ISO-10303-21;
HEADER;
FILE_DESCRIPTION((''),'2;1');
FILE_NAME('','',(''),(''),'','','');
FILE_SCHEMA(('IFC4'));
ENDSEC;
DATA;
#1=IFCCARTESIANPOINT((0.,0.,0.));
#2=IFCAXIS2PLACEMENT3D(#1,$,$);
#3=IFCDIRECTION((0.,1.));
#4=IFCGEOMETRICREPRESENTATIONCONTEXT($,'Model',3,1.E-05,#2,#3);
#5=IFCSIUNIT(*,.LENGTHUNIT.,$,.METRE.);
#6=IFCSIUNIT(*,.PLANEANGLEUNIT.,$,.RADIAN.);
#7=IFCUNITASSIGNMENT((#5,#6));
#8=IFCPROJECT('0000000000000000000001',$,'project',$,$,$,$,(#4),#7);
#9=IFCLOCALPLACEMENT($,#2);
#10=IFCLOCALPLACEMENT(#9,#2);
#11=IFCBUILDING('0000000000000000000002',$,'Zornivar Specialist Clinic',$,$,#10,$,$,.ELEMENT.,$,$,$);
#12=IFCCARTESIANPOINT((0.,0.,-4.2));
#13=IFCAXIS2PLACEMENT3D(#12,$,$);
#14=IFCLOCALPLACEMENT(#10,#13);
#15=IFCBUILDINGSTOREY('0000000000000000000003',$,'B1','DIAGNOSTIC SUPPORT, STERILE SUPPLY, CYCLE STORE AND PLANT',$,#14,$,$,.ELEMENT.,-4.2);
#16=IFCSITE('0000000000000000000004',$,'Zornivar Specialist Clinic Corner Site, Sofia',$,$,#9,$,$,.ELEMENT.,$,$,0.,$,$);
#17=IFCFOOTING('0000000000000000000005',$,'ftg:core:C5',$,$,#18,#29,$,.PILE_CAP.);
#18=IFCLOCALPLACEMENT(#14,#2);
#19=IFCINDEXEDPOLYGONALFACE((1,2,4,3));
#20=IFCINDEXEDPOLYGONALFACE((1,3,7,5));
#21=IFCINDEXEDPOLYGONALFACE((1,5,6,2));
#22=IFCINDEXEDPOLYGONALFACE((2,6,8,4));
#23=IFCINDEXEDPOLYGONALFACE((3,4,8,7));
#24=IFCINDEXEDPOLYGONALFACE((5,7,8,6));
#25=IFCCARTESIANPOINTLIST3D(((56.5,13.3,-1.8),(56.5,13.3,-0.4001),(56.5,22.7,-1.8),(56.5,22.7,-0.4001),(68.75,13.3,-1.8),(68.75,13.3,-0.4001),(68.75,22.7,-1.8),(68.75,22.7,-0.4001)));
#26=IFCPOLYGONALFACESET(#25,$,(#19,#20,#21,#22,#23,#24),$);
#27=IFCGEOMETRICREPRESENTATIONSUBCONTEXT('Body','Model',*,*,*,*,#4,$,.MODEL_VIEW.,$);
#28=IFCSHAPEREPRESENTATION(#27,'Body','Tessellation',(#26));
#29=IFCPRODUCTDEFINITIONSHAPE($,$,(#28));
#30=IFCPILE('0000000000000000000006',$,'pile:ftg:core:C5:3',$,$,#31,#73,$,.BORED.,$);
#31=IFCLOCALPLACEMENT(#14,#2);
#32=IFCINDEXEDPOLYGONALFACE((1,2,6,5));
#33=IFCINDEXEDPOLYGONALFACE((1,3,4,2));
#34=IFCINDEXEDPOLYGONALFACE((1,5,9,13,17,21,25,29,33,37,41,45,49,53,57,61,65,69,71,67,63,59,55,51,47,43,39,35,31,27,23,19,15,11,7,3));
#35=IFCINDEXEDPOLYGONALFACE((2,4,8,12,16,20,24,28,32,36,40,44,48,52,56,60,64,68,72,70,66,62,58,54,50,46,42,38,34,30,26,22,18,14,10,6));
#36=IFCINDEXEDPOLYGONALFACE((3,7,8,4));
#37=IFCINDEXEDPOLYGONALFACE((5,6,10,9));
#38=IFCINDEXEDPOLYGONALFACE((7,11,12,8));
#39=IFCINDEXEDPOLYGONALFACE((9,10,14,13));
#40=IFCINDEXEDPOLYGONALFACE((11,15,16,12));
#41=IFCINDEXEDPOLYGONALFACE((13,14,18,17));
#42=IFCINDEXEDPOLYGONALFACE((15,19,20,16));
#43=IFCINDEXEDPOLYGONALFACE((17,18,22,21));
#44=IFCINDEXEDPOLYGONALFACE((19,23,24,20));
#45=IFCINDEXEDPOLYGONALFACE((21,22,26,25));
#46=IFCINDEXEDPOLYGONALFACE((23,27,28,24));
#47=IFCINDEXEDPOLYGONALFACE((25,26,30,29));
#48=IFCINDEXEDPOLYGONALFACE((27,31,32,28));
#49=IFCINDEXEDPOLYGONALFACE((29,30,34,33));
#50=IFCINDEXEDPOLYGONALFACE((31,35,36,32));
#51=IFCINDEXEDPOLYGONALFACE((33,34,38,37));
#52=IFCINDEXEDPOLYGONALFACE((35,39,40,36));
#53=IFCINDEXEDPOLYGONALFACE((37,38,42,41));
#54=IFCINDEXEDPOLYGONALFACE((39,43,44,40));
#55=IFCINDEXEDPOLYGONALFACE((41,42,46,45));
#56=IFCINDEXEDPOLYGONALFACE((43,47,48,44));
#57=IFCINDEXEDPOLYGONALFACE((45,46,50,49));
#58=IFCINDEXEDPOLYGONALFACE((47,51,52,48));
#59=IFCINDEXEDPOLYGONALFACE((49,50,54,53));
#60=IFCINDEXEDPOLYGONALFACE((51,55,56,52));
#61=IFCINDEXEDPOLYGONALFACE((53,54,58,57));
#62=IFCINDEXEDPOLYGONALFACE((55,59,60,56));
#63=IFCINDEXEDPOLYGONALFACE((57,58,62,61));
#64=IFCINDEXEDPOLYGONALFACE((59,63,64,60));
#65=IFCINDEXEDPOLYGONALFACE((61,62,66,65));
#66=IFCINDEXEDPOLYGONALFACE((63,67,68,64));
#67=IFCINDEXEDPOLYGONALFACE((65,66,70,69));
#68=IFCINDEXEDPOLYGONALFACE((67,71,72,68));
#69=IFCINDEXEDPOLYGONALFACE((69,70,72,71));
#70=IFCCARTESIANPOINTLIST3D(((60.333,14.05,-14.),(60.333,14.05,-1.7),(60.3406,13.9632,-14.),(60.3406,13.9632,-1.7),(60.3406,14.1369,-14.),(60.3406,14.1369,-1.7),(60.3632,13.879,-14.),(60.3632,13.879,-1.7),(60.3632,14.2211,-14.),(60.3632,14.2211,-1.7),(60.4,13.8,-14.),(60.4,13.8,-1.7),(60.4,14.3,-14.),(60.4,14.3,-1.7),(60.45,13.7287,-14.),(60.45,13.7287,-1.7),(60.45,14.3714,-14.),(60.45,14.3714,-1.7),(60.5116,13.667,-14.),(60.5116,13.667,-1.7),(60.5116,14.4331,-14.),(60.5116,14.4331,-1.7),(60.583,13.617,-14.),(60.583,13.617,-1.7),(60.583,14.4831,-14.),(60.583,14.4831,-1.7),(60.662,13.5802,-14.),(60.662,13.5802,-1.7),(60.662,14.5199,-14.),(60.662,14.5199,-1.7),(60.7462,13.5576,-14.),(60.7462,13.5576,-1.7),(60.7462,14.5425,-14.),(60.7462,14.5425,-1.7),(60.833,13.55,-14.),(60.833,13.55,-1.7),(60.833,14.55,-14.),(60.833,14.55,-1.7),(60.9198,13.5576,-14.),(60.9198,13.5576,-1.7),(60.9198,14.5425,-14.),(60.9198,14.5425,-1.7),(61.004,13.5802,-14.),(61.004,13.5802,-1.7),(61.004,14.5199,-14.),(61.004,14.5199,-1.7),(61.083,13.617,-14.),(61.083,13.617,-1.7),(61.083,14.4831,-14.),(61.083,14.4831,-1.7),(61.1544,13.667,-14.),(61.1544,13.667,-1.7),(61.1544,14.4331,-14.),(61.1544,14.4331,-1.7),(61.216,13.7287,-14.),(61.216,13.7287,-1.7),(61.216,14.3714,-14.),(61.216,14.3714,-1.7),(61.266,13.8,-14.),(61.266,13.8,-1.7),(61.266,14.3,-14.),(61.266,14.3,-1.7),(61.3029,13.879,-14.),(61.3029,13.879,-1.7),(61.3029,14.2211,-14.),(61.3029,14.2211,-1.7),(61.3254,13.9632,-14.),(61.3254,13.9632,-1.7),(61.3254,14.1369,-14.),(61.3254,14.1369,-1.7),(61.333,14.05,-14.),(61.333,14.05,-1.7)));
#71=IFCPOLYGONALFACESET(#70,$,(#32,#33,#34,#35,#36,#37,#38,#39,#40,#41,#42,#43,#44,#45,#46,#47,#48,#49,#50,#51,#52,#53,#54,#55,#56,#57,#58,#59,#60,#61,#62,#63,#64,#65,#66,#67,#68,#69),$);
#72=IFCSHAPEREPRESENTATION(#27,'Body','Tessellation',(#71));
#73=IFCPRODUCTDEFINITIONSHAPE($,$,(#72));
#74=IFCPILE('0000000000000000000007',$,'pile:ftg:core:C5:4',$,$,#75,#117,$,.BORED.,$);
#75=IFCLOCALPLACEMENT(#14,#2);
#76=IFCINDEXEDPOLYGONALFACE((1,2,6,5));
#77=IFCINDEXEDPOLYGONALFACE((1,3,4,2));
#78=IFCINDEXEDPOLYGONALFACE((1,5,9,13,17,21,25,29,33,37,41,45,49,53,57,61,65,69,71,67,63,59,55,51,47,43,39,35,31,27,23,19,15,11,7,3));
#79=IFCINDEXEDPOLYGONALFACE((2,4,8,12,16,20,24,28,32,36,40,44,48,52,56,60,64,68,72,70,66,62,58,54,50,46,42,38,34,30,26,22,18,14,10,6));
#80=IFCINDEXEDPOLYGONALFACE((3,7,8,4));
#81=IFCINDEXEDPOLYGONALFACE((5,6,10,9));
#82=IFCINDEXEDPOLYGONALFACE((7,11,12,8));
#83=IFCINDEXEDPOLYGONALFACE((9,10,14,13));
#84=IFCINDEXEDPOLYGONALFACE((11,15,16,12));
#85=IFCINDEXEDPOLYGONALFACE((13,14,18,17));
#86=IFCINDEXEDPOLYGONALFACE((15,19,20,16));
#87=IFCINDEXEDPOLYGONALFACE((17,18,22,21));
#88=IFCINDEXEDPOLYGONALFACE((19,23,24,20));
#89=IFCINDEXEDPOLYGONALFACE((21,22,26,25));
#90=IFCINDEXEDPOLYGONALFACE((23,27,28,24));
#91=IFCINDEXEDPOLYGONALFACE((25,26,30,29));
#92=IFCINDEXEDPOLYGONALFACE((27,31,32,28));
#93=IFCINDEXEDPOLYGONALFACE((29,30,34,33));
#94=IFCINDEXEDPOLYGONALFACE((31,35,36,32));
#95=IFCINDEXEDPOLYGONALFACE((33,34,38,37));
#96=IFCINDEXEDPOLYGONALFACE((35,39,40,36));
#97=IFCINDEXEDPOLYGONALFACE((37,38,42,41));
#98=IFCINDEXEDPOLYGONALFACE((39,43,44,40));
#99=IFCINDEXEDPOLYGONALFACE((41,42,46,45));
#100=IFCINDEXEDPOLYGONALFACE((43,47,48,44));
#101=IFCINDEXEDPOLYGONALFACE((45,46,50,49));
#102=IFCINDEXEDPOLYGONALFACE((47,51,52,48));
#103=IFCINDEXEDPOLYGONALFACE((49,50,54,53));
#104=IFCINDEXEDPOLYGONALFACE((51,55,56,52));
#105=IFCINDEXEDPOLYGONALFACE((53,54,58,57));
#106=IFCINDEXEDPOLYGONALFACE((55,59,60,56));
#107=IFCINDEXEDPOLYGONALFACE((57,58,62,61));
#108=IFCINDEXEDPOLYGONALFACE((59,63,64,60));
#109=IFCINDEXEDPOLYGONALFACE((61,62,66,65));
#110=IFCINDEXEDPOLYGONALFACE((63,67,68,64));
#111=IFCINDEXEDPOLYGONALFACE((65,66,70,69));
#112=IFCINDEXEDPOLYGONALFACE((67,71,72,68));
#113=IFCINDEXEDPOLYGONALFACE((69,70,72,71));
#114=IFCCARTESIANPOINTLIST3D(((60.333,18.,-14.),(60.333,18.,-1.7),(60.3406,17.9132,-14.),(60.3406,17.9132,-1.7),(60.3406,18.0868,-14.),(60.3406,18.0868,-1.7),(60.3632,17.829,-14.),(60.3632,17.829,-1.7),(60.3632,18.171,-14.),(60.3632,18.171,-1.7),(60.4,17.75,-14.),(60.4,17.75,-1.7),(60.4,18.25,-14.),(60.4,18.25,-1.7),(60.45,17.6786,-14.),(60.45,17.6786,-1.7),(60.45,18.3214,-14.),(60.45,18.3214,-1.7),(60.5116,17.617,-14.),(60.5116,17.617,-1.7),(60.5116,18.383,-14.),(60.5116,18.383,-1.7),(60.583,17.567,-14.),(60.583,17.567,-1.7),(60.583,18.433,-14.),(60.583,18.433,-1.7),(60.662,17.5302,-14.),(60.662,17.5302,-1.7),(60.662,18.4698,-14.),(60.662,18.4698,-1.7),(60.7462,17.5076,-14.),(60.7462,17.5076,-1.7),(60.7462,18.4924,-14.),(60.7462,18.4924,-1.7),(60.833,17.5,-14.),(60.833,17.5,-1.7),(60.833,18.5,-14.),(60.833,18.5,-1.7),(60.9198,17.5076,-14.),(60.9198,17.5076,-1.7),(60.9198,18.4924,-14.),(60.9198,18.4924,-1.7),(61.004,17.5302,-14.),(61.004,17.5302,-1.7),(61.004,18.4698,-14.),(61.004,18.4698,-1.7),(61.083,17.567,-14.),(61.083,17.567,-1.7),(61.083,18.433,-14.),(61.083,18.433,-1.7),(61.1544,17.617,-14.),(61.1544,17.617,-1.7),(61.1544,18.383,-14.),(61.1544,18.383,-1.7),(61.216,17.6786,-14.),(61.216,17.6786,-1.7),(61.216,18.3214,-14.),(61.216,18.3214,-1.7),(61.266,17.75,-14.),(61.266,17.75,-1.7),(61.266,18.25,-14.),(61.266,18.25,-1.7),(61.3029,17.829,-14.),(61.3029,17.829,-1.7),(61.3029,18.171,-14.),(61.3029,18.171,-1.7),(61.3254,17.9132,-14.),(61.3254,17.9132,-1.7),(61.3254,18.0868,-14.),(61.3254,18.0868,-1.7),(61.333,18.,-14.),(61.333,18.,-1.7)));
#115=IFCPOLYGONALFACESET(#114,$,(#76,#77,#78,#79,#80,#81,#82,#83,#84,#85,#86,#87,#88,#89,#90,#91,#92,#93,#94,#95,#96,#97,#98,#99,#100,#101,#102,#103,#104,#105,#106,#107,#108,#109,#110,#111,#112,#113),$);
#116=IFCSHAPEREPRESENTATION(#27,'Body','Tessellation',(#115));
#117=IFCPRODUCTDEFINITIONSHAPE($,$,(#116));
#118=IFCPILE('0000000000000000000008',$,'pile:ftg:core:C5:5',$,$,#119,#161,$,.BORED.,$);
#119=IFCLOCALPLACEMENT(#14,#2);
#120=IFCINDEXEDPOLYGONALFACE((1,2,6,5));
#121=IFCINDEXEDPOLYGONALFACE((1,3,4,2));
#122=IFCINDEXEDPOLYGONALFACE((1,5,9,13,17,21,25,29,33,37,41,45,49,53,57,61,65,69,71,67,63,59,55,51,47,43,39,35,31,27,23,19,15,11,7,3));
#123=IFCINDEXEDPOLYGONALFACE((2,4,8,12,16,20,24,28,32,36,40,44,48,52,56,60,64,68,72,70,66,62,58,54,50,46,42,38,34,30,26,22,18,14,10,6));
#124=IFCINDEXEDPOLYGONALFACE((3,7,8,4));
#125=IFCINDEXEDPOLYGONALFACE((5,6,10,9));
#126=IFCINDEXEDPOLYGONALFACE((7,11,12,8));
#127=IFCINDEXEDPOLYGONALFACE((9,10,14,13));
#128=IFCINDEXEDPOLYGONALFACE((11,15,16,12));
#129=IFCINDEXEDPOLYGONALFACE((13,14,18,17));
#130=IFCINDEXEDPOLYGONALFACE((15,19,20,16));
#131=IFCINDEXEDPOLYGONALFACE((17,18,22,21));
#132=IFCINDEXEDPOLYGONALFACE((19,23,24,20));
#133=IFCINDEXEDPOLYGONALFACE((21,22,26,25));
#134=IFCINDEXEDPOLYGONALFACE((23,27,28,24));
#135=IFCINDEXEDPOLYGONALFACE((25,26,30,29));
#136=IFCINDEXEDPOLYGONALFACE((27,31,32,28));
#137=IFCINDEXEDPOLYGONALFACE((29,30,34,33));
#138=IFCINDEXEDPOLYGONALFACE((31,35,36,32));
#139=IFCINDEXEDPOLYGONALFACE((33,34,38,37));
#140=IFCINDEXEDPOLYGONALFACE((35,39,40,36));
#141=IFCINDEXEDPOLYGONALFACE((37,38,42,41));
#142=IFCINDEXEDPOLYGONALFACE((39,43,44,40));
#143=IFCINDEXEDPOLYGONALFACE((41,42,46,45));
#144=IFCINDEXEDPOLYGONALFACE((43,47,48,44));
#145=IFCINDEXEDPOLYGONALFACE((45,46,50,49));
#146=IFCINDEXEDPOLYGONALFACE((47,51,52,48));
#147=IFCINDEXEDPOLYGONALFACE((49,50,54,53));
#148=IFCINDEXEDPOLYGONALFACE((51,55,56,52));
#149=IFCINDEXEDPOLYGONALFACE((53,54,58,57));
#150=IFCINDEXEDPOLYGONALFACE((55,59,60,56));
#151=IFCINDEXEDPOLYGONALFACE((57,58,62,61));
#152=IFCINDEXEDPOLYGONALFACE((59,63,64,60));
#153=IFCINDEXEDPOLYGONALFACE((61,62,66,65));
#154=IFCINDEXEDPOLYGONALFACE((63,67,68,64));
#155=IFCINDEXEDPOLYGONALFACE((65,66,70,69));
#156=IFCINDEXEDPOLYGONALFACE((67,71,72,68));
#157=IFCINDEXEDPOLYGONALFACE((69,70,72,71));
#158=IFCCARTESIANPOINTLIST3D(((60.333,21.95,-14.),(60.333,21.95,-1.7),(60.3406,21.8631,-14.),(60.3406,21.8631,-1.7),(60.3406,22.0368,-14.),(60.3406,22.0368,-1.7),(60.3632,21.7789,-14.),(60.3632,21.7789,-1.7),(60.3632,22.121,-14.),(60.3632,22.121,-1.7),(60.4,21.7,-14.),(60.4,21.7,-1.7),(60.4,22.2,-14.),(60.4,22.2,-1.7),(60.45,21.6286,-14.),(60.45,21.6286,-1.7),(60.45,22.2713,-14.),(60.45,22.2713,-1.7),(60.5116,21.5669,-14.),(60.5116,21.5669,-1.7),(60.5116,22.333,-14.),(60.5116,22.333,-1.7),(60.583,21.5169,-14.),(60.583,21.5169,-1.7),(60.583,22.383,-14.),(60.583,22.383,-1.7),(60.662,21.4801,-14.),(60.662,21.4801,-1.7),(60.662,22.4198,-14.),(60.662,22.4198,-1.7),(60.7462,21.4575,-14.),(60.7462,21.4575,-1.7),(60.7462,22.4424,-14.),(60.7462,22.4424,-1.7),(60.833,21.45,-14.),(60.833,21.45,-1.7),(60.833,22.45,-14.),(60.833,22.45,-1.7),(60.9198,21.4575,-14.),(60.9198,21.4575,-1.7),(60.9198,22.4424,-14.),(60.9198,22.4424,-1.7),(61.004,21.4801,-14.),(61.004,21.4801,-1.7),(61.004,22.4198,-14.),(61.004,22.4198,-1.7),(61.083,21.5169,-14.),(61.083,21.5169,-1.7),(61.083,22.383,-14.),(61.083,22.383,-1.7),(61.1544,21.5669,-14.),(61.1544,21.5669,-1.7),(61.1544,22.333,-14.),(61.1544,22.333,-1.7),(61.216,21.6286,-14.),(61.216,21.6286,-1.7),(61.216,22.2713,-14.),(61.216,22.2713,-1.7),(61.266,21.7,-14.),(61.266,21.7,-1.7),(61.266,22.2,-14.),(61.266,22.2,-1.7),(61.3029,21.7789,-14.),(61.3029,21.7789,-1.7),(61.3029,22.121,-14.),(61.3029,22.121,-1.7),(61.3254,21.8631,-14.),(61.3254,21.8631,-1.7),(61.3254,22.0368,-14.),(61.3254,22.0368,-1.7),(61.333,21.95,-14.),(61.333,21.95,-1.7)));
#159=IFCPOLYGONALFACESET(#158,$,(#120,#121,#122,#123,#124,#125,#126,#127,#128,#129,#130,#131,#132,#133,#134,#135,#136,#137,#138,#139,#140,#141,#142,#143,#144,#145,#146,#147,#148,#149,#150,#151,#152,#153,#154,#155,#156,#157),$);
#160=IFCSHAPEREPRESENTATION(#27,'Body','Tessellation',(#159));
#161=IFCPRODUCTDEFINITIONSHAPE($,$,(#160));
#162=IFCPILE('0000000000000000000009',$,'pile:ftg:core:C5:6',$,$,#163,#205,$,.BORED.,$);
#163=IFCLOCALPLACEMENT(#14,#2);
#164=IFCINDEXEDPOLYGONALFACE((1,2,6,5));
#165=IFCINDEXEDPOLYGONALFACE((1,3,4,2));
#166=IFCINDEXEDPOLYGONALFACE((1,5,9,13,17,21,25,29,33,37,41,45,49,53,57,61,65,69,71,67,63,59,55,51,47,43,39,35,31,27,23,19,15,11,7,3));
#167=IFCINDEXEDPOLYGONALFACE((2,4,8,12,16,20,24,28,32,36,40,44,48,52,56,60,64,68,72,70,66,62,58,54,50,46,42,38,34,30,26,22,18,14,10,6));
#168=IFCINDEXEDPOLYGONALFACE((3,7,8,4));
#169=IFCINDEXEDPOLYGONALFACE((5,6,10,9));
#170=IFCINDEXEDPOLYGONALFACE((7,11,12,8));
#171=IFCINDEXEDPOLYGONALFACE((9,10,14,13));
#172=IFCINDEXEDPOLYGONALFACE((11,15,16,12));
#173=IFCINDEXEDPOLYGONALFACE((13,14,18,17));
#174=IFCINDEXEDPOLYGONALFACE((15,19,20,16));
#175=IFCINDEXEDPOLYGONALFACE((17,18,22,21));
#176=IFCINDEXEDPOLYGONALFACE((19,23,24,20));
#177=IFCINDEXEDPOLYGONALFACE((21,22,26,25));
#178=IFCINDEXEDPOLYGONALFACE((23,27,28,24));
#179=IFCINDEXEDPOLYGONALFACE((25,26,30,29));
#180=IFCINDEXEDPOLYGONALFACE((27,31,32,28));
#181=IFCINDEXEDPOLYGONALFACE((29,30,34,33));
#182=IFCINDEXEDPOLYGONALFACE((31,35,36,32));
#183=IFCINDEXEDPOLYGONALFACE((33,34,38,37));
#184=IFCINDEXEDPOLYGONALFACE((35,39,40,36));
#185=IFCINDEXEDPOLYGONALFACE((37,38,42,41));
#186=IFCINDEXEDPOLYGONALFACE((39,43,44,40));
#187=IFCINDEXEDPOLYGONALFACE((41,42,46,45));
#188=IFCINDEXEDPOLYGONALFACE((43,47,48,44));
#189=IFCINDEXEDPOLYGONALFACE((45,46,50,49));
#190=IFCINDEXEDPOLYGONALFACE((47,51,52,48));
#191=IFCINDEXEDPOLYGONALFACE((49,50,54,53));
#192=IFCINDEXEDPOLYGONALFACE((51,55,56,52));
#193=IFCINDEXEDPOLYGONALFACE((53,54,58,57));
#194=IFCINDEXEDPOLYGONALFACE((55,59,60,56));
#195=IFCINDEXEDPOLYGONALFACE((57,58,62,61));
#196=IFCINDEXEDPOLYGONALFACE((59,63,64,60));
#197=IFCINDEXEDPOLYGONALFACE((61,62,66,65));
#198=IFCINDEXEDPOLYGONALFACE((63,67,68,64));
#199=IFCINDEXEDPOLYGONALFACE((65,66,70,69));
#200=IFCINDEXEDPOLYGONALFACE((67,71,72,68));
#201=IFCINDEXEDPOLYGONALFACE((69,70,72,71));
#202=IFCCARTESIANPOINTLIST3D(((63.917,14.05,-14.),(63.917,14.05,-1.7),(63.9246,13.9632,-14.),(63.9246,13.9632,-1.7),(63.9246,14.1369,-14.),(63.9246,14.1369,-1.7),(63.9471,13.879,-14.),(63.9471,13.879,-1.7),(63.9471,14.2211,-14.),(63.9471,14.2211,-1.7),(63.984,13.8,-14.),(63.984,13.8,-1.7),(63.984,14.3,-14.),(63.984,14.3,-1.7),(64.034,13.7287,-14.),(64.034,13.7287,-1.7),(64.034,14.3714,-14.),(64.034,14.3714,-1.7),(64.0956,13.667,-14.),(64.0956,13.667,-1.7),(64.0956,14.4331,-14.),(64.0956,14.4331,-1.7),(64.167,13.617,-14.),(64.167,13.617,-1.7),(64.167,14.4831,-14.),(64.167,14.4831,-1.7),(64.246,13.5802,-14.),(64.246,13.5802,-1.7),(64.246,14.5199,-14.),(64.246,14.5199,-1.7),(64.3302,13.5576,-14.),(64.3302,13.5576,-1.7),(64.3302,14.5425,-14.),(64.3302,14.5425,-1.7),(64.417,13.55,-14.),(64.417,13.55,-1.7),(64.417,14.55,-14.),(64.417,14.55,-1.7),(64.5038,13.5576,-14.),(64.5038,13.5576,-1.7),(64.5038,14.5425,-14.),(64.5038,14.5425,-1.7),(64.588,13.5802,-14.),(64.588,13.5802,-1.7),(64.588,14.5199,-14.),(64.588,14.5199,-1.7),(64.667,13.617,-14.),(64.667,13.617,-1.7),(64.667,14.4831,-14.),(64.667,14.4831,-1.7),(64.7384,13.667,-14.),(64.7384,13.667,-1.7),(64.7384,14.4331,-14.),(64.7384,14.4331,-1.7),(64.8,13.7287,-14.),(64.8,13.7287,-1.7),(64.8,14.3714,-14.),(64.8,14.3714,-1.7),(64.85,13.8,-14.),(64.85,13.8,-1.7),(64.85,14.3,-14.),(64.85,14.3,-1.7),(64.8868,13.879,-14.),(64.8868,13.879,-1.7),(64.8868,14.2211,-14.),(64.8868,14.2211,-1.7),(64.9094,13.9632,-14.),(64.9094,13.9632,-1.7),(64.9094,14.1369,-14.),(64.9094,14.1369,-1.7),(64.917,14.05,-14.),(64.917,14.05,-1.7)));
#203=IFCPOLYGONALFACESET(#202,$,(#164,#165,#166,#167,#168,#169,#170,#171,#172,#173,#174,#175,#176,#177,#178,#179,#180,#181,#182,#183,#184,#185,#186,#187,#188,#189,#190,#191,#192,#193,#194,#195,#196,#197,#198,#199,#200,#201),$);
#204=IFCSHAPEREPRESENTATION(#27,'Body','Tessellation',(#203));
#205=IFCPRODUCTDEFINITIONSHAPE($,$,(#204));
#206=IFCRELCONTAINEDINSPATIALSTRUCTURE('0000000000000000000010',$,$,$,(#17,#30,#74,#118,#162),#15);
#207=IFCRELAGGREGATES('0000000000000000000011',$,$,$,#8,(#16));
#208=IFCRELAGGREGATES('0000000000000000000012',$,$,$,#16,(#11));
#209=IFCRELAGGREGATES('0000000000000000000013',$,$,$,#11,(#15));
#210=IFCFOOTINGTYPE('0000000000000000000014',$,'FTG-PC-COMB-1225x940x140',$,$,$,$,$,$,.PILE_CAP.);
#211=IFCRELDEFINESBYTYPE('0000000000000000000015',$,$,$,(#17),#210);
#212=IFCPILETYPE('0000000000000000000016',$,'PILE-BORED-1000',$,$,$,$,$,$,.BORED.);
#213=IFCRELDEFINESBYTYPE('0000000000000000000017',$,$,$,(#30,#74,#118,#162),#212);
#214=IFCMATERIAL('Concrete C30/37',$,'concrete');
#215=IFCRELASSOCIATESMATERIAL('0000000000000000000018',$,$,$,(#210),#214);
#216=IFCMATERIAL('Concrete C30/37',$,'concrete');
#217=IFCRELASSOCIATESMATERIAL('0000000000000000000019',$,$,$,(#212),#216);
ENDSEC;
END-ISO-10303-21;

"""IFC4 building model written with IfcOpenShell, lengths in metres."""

from ifc_helpers import new_model, si_unit, direction, frame, origin, origin_2d, place, context, subcontext, project, spatial, rectangle, circle, extrude, material, material_profile, profile_set, type_object, element, save


model = new_model("IFC4")

# Units and contexts
model_context = context("Model", 3, precision=1e-05, world=origin(), true_north=direction((0.0, 1.0)))
body_context = subcontext(model_context, "Body", "Model", "MODEL_VIEW")
ifc_project = project(units=[si_unit("LENGTHUNIT", "METRE"), si_unit("PLANEANGLEUNIT", "RADIAN")], contexts=[model_context])

# Site, building, storey
site_placement = place(None, origin())
site = spatial("IfcSite", under=ifc_project, at=site_placement, Name="Zornivar Specialist Clinic Corner Site, Sofia", CompositionType="ELEMENT", RefElevation=0.0)
building_placement = place(site_placement, origin())
building = spatial("IfcBuilding", under=site, at=building_placement, Name="Zornivar Specialist Clinic", CompositionType="ELEMENT")
storey_placement = place(building_placement, frame((0.0, 0.0, -4.2)))
storey = spatial("IfcBuildingStorey", under=building, at=storey_placement, Name="B1", Description="DIAGNOSTIC SUPPORT, STERILE SUPPLY, CYCLE STORE AND PLANT", CompositionType="ELEMENT", Elevation=-4.2)

# Footing
ifc_material_1 = material(Name="Concrete C30/37", Category="concrete")
footing_type = type_object("IfcFootingType", Name="FTG-PC-COMB-1225x940x140", PredefinedType="PILE_CAP", material=ifc_material_1)
footing_placement = place(storey_placement, frame((62.625, 18.0, -1.8), z_axis=(0.0, 0.0, 1.0), x_axis=(1.0, 0.0, 0.0)))
element("IfcFooting", 1, at=footing_placement, inside=storey, type_object=footing_type, Name="ftg:core:C5", PredefinedType="PILE_CAP", context=body_context, shape_type="SweptSolid", body=[
    extrude(rectangle(XDim=12.25, YDim=9.3999, at=origin_2d()), origin(), (0.0, 0.0, 1.0), 1.3999),
])

# Piles
ifc_material_2 = material(Name="Concrete C30/37", Category="concrete")
ifc_material_profile_1 = material_profile(ifc_material_2, circle(Radius=0.5, at=origin_2d()), Name="PILE D1000")
ifc_profile_set_1 = profile_set([ifc_material_profile_1], Name="Concrete C30/37")
pile_type_1 = type_object("IfcPileType", Name="PILE-BORED-1000", PredefinedType="BORED", material=ifc_profile_set_1)
for number, where, z_axis, x_axis, name in (
    (2, (60.833, 14.05, -1.7), (0.0, 0.0, -1.0), (1.0, 0.0, 0.0), "pile:ftg:core:C5:3"),
    (3, (60.833, 18.0, -1.7), (0.0, 0.0, -1.0), (1.0, 0.0, 0.0), "pile:ftg:core:C5:4"),
    (4, (60.833, 21.95, -1.7), (0.0, 0.0, -1.0), (1.0, 0.0, 0.0), "pile:ftg:core:C5:5"),
    (5, (64.417, 14.05, -1.7), (0.0, 0.0, -1.0), (1.0, 0.0, 0.0), "pile:ftg:core:C5:6"),
):
    element("IfcPile", number, at=place(storey_placement, frame(where, z_axis=z_axis, x_axis=x_axis)), inside=storey, type_object=pile_type_1, Name=name, PredefinedType="BORED", context=body_context, shape_type="SweptSolid", body=[
        extrude(circle(Radius=0.5, at=origin_2d()), origin(), (0.0, 0.0, 1.0), 12.3),
    ])

save(model, "model.ifc")
